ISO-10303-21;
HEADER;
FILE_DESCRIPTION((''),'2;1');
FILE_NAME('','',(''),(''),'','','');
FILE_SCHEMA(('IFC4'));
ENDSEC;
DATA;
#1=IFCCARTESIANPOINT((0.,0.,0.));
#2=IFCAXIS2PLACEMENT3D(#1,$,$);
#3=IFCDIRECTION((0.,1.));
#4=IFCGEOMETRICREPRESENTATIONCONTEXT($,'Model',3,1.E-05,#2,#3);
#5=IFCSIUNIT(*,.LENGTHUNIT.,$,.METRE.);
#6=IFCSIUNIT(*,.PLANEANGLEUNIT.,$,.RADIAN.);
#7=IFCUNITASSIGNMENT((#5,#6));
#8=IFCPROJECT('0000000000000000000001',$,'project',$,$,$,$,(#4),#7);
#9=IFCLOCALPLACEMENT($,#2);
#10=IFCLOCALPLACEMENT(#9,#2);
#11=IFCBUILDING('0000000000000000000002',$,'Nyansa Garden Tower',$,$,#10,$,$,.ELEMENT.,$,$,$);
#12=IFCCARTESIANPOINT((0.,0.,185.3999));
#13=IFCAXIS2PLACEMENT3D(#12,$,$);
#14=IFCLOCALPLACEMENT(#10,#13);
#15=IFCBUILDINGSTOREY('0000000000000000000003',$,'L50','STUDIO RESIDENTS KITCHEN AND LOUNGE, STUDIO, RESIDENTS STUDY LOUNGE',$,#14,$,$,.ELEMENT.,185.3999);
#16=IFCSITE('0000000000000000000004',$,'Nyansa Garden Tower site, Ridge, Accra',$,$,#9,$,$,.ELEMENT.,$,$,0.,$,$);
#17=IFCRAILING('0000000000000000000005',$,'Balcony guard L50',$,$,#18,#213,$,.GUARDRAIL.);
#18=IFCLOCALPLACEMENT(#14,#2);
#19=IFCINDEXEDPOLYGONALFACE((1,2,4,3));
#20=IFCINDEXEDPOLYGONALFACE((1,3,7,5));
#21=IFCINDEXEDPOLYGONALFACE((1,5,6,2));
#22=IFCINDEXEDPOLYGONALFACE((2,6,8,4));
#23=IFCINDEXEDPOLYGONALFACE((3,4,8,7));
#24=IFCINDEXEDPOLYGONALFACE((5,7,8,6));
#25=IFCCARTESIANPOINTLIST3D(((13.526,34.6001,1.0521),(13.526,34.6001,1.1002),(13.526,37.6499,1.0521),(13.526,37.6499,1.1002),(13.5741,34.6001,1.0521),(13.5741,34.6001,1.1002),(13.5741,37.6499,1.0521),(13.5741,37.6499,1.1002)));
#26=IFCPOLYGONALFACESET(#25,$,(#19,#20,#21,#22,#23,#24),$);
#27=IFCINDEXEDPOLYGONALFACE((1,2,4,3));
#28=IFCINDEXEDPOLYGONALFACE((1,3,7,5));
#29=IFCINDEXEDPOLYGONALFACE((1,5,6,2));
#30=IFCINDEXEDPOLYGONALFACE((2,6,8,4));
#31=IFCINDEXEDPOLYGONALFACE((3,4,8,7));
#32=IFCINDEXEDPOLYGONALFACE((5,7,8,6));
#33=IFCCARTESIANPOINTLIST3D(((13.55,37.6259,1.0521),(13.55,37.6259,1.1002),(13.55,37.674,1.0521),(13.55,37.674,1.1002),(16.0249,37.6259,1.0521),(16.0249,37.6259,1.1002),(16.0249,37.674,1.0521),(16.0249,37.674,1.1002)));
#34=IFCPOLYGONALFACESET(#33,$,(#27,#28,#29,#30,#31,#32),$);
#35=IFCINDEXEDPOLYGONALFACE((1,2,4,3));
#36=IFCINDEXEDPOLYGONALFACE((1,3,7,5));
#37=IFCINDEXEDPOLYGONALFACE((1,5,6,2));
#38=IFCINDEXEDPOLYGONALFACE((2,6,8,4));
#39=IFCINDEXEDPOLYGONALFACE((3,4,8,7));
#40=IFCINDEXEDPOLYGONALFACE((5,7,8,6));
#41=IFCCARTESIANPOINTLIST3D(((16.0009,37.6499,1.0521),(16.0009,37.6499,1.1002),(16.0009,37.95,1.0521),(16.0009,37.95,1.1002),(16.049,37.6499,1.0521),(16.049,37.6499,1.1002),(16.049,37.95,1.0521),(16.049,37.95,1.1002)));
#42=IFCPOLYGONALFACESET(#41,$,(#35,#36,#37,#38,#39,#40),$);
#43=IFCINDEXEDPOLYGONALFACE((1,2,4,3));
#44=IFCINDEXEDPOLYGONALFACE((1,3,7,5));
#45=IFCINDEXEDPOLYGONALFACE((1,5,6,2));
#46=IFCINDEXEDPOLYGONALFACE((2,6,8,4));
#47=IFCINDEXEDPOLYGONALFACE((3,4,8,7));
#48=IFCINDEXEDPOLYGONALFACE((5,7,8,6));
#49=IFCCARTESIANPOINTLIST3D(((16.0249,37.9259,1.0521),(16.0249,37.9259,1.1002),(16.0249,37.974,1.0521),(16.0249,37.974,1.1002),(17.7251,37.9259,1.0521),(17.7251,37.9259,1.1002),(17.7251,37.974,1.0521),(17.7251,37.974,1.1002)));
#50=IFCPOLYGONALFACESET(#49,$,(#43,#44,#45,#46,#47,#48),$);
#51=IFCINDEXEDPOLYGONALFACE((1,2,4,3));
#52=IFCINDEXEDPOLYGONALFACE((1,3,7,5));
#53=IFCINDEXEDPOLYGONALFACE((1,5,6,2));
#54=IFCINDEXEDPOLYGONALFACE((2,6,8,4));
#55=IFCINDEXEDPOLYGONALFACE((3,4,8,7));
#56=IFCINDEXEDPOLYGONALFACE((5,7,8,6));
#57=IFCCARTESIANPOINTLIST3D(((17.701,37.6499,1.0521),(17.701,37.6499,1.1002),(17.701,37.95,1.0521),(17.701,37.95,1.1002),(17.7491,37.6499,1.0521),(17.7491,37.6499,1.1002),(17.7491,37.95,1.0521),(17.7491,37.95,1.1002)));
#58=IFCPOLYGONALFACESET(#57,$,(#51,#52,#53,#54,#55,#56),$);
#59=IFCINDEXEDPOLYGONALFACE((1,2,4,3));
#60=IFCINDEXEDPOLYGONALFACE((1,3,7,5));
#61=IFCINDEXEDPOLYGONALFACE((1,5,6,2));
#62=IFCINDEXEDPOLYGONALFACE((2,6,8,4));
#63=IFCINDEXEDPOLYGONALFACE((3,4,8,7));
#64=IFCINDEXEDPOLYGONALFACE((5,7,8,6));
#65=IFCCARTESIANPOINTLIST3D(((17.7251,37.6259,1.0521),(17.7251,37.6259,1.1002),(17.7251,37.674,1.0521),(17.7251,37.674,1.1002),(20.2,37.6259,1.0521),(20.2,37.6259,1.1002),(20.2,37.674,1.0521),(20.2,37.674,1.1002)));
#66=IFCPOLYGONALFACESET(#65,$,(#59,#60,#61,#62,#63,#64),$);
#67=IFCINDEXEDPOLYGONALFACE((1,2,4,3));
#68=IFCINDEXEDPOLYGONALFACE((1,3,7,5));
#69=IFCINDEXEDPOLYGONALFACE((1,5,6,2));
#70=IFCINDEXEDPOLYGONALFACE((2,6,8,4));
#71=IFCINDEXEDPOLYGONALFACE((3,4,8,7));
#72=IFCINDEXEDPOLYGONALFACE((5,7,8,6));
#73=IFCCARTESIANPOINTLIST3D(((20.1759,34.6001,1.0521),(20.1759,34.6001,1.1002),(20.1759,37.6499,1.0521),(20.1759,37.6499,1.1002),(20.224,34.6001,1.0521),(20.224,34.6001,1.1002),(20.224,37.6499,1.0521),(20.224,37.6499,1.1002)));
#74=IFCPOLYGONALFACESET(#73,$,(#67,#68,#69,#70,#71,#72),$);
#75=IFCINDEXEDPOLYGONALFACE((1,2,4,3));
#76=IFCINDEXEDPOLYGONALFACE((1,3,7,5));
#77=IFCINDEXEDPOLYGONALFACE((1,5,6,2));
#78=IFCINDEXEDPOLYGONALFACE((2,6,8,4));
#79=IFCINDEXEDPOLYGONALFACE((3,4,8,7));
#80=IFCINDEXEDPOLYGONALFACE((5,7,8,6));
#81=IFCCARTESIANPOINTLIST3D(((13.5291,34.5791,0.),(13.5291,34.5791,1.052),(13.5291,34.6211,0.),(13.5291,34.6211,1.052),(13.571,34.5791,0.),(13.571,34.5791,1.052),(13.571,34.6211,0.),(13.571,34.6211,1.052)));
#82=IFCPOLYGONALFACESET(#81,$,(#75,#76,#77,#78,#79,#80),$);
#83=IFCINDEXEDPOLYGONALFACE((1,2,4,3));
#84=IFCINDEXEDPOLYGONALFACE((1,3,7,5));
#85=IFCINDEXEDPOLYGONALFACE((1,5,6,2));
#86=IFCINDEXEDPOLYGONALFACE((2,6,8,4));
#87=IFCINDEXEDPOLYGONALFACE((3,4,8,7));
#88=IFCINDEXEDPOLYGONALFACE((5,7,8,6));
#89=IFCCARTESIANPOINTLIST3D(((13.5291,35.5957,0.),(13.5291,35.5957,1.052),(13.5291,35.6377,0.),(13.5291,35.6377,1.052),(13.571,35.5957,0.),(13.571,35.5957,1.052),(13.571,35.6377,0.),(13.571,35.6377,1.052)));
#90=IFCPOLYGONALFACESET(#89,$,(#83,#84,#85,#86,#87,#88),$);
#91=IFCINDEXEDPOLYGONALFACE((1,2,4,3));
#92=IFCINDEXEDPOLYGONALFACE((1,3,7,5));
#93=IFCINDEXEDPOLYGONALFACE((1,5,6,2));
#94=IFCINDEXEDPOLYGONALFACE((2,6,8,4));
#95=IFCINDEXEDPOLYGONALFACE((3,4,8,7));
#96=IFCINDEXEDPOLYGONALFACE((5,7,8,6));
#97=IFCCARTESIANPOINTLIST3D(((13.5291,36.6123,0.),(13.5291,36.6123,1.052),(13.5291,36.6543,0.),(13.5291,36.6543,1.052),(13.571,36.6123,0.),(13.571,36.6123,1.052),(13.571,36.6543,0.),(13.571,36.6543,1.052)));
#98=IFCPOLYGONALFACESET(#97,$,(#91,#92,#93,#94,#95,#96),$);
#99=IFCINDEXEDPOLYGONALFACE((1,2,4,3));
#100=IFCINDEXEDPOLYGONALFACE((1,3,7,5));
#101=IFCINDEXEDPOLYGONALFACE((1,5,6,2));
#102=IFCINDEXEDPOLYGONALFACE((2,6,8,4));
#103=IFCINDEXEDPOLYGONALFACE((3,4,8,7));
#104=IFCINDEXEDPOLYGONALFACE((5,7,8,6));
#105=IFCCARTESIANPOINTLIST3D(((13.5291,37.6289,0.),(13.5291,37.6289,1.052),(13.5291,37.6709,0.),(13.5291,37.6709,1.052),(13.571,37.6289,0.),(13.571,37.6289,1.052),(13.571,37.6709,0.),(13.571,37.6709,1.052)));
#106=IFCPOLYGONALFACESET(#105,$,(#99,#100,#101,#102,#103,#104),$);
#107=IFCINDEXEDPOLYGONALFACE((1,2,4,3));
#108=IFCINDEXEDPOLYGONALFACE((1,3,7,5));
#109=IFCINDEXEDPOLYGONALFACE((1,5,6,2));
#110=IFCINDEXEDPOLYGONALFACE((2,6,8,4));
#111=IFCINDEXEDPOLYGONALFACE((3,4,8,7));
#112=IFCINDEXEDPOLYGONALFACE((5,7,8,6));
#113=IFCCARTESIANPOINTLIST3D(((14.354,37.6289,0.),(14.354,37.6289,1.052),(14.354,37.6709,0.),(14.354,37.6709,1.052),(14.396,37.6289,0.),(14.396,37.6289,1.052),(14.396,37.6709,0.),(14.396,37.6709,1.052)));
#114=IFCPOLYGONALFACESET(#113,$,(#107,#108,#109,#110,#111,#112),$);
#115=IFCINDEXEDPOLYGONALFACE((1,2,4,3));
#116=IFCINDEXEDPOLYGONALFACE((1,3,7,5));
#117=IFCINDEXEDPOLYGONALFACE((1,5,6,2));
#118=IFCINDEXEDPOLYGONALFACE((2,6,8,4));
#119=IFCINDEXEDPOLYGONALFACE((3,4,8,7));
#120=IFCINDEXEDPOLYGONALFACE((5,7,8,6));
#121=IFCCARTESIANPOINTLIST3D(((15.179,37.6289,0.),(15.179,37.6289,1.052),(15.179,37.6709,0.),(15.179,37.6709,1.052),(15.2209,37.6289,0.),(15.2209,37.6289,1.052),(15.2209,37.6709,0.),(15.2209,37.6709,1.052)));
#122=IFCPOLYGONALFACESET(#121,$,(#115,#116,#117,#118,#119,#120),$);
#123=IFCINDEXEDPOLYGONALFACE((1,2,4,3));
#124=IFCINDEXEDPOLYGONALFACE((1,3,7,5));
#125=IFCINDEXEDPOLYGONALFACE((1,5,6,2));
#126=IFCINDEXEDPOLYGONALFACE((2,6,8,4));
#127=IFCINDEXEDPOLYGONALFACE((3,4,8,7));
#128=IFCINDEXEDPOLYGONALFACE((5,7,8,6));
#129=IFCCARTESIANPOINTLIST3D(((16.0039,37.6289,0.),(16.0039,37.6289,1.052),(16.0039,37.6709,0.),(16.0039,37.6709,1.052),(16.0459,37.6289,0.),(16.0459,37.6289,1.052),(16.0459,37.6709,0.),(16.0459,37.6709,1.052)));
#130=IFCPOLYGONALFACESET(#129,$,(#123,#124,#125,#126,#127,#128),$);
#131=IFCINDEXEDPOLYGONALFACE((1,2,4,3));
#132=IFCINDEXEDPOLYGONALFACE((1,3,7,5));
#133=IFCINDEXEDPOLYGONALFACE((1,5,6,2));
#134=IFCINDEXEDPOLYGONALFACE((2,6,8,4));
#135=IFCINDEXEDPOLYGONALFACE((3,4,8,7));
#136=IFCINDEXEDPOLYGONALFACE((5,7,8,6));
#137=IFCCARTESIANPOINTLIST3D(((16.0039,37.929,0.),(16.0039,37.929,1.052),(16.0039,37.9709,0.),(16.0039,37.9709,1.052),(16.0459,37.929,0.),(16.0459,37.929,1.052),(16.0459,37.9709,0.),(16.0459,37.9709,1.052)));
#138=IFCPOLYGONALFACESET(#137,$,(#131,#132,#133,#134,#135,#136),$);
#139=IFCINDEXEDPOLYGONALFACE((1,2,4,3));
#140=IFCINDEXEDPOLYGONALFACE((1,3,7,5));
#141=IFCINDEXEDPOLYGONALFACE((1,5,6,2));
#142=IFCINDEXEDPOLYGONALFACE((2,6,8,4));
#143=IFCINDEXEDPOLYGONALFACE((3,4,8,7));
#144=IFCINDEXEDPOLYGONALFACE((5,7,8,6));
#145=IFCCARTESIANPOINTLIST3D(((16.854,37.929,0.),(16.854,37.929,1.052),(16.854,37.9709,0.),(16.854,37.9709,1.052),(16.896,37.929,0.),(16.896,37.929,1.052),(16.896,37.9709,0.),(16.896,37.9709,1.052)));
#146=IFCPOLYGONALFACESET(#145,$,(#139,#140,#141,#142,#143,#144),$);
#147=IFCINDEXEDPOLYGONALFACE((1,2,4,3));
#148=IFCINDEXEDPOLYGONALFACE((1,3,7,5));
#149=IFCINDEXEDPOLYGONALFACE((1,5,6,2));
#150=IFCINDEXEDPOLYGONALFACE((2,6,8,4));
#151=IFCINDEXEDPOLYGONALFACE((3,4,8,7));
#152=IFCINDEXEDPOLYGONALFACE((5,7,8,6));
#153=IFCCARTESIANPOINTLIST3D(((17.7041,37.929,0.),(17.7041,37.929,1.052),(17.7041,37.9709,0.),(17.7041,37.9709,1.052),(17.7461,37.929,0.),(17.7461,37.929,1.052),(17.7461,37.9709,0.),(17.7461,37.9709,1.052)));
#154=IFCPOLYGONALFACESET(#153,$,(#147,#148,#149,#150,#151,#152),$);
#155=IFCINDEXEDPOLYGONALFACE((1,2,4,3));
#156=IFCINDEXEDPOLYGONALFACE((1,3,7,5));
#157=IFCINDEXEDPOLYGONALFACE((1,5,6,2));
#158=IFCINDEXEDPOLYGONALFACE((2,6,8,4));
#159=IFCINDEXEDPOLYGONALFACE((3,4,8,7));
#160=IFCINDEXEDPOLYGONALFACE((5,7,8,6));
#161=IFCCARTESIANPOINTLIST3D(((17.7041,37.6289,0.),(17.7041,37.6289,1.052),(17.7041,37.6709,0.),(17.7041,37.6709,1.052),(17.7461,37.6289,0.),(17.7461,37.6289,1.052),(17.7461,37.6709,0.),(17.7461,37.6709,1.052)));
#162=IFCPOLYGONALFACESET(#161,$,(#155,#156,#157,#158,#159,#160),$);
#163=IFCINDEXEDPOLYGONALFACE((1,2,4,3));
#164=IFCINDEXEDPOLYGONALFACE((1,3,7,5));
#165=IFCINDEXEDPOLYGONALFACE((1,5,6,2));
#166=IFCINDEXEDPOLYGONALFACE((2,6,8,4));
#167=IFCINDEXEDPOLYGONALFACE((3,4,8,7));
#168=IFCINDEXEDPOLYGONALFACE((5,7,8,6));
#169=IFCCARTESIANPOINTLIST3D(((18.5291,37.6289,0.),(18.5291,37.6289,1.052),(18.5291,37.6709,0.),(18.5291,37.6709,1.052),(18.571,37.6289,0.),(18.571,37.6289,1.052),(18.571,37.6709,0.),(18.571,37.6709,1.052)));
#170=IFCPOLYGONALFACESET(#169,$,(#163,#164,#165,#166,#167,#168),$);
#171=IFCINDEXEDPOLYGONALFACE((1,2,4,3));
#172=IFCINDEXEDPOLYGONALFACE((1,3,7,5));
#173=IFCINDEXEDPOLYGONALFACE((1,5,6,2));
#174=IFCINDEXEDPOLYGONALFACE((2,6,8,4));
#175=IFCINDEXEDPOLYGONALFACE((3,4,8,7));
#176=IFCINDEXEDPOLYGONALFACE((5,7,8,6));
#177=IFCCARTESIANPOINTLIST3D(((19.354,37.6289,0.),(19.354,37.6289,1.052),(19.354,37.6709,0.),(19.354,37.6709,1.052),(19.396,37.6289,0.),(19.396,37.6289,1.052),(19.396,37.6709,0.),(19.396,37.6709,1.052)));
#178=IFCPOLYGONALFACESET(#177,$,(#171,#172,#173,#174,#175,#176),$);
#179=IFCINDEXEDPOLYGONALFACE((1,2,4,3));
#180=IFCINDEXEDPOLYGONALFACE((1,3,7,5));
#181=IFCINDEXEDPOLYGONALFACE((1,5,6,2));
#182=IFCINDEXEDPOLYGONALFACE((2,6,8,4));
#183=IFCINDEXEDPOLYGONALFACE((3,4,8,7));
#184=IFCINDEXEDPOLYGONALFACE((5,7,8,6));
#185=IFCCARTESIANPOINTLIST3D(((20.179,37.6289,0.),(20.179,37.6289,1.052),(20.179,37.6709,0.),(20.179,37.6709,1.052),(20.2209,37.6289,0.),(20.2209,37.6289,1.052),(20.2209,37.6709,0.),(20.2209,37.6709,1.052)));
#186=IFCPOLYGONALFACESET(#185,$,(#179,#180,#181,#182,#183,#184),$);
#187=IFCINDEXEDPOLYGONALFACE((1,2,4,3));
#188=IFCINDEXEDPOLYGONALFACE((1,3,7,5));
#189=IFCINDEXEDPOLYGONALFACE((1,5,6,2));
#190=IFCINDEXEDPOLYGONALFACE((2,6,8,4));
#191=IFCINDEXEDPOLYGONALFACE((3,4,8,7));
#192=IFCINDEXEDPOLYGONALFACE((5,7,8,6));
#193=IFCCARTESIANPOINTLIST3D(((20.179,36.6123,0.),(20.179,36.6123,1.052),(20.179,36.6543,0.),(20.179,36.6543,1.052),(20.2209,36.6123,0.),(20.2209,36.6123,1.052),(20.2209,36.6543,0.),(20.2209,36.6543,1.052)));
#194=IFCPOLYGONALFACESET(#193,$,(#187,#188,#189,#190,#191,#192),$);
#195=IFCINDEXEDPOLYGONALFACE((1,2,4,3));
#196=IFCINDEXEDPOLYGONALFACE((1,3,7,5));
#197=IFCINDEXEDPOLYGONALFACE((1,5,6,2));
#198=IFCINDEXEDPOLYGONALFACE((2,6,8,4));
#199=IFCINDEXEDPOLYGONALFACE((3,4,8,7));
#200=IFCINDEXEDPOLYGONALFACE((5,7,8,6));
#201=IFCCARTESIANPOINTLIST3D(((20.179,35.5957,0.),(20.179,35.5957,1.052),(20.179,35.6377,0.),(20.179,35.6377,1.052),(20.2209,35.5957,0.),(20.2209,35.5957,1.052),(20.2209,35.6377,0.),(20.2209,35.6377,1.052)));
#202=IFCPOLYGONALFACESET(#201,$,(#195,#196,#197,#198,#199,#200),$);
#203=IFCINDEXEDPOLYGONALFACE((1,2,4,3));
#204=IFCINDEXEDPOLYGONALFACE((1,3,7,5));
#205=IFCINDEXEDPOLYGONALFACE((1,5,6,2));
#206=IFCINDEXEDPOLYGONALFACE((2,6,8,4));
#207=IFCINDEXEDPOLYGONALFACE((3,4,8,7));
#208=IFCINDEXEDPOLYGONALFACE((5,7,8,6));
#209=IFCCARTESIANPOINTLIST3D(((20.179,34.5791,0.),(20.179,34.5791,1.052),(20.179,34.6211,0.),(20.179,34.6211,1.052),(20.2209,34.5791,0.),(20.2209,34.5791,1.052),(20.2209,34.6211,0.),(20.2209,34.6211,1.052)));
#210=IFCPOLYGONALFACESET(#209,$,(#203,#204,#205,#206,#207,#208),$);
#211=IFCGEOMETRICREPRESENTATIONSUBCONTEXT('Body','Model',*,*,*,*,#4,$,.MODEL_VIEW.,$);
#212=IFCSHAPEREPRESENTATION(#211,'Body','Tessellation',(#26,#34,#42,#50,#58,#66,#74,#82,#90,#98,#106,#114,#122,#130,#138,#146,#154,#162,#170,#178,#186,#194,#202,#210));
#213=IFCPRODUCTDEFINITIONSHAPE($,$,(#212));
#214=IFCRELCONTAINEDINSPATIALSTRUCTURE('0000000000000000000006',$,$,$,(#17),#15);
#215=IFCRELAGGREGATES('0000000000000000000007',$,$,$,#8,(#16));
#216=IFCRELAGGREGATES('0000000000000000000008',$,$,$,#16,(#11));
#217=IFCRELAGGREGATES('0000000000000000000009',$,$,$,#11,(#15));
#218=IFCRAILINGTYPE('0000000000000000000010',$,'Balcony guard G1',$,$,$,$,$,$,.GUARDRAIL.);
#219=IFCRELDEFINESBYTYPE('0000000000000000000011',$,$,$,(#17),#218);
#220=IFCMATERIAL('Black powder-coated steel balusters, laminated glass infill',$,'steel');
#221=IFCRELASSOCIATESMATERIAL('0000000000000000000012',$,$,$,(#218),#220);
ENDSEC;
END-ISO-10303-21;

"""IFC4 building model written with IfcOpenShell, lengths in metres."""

from ifc_helpers import new_model, si_unit, direction, frame, origin, origin_2d, place, context, subcontext, project, spatial, rectangle, extrude, material, type_object, element, save


model = new_model("IFC4")

# Units and contexts
model_context = context("Model", 3, precision=1e-05, world=origin(), true_north=direction((0.0, 1.0)))
body_context = subcontext(model_context, "Body", "Model", "MODEL_VIEW")
ifc_project = project(units=[si_unit("LENGTHUNIT", "METRE"), si_unit("PLANEANGLEUNIT", "RADIAN")], contexts=[model_context])

# Site, building, storey
site_placement = place(None, origin())
site = spatial("IfcSite", under=ifc_project, at=site_placement, Name="Nyansa Garden Tower site, Ridge, Accra", CompositionType="ELEMENT", RefElevation=0.0)
building_placement = place(site_placement, origin())
building = spatial("IfcBuilding", under=site, at=building_placement, Name="Nyansa Garden Tower", CompositionType="ELEMENT")
storey_placement = place(building_placement, frame((0.0, 0.0, 185.3999)))
storey = spatial("IfcBuildingStorey", under=building, at=storey_placement, Name="L50", Description="STUDIO RESIDENTS KITCHEN AND LOUNGE, STUDIO, RESIDENTS STUDY LOUNGE", CompositionType="ELEMENT", Elevation=185.3999)

# Railing
ifc_material_1 = material(Name="Black powder-coated steel balusters, laminated glass infill", Category="steel")
railing_type = type_object("IfcRailingType", Name="Balcony guard G1", PredefinedType="GUARDRAIL", material=ifc_material_1)
railing_placement = place(storey_placement, frame((13.55, 34.6001, 0.0)))
element("IfcRailing", 1, at=railing_placement, inside=storey, type_object=railing_type, Name="Balcony guard L50", PredefinedType="GUARDRAIL", context=body_context, shape_type="SweptSolid", body=[
    extrude(rectangle(XDim=0.0481, YDim=0.0481, at=origin_2d()), frame((0.0, 0.0, 1.0762), z_axis=(0.0, 1.0, 0.0), x_axis=(-1.0, 0.0, 0.0)), (0.0, 0.0, 1.0), 3.0498),
    extrude(rectangle(XDim=0.0481, YDim=0.0481, at=origin_2d()), frame((0.0, 3.0498, 1.0762), z_axis=(1.0, 0.0, 0.0), x_axis=(0.0, 1.0, 0.0)), (0.0, 0.0, 1.0), 2.4749),
    extrude(rectangle(XDim=0.0481, YDim=0.0481, at=origin_2d()), frame((2.4749, 3.0498, 1.0762), z_axis=(0.0, 1.0, 0.0), x_axis=(-1.0, 0.0, 0.0)), (0.0, 0.0, 1.0), 0.3),
    extrude(rectangle(XDim=0.0481, YDim=0.0481, at=origin_2d()), frame((2.4749, 3.3499, 1.0762), z_axis=(1.0, 0.0, 0.0), x_axis=(0.0, 1.0, 0.0)), (0.0, 0.0, 1.0), 1.7002),
    extrude(rectangle(XDim=0.0481, YDim=0.0481, at=origin_2d()), frame((4.175, 3.3499, 1.0762), z_axis=(0.0, -1.0, 0.0), x_axis=(1.0, 0.0, 0.0)), (0.0, 0.0, 1.0), 0.3),
    extrude(rectangle(XDim=0.0481, YDim=0.0481, at=origin_2d()), frame((4.175, 3.0498, 1.0762), z_axis=(1.0, 0.0, 0.0), x_axis=(0.0, 1.0, 0.0)), (0.0, 0.0, 1.0), 2.4749),
    extrude(rectangle(XDim=0.0481, YDim=0.0481, at=origin_2d()), frame((6.6499, 3.0498, 1.0762), z_axis=(0.0, -1.0, 0.0), x_axis=(1.0, 0.0, 0.0)), (0.0, 0.0, 1.0), 3.0498),
    extrude(rectangle(XDim=0.042, YDim=0.042, at=origin_2d()), origin(), (0.0, 0.0, 1.0), 1.052),
    extrude(rectangle(XDim=0.042, YDim=0.042, at=origin_2d()), frame((0.0, 1.0166, 0.0)), (0.0, 0.0, 1.0), 1.052),
    extrude(rectangle(XDim=0.042, YDim=0.042, at=origin_2d()), frame((0.0, 2.0332, 0.0)), (0.0, 0.0, 1.0), 1.052),
    extrude(rectangle(XDim=0.042, YDim=0.042, at=origin_2d()), frame((0.0, 3.0498, 0.0)), (0.0, 0.0, 1.0), 1.052),
    extrude(rectangle(XDim=0.042, YDim=0.042, at=origin_2d()), frame((0.825, 3.0498, 0.0)), (0.0, 0.0, 1.0), 1.052),
    extrude(rectangle(XDim=0.042, YDim=0.042, at=origin_2d()), frame((1.6499, 3.0498, 0.0)), (0.0, 0.0, 1.0), 1.052),
    extrude(rectangle(XDim=0.042, YDim=0.042, at=origin_2d()), frame((2.4749, 3.0498, 0.0)), (0.0, 0.0, 1.0), 1.052),
    extrude(rectangle(XDim=0.042, YDim=0.042, at=origin_2d()), frame((2.4749, 3.3499, 0.0)), (0.0, 0.0, 1.0), 1.052),
    extrude(rectangle(XDim=0.042, YDim=0.042, at=origin_2d()), frame((3.325, 3.3499, 0.0)), (0.0, 0.0, 1.0), 1.052),
    extrude(rectangle(XDim=0.042, YDim=0.042, at=origin_2d()), frame((4.175, 3.3499, 0.0)), (0.0, 0.0, 1.0), 1.052),
    extrude(rectangle(XDim=0.042, YDim=0.042, at=origin_2d()), frame((4.175, 3.0498, 0.0)), (0.0, 0.0, 1.0), 1.052),
    extrude(rectangle(XDim=0.042, YDim=0.042, at=origin_2d()), frame((5.0, 3.0498, 0.0)), (0.0, 0.0, 1.0), 1.052),
    extrude(rectangle(XDim=0.042, YDim=0.042, at=origin_2d()), frame((5.825, 3.0498, 0.0)), (0.0, 0.0, 1.0), 1.052),
    extrude(rectangle(XDim=0.042, YDim=0.042, at=origin_2d()), frame((6.6499, 3.0498, 0.0)), (0.0, 0.0, 1.0), 1.052),
    extrude(rectangle(XDim=0.042, YDim=0.042, at=origin_2d()), frame((6.6499, 2.0332, 0.0)), (0.0, 0.0, 1.0), 1.052),
    extrude(rectangle(XDim=0.042, YDim=0.042, at=origin_2d()), frame((6.6499, 1.0166, 0.0)), (0.0, 0.0, 1.0), 1.052),
    extrude(rectangle(XDim=0.042, YDim=0.042, at=origin_2d()), frame((6.6499, 0.0, 0.0)), (0.0, 0.0, 1.0), 1.052),
])

save(model, "model.ifc")
